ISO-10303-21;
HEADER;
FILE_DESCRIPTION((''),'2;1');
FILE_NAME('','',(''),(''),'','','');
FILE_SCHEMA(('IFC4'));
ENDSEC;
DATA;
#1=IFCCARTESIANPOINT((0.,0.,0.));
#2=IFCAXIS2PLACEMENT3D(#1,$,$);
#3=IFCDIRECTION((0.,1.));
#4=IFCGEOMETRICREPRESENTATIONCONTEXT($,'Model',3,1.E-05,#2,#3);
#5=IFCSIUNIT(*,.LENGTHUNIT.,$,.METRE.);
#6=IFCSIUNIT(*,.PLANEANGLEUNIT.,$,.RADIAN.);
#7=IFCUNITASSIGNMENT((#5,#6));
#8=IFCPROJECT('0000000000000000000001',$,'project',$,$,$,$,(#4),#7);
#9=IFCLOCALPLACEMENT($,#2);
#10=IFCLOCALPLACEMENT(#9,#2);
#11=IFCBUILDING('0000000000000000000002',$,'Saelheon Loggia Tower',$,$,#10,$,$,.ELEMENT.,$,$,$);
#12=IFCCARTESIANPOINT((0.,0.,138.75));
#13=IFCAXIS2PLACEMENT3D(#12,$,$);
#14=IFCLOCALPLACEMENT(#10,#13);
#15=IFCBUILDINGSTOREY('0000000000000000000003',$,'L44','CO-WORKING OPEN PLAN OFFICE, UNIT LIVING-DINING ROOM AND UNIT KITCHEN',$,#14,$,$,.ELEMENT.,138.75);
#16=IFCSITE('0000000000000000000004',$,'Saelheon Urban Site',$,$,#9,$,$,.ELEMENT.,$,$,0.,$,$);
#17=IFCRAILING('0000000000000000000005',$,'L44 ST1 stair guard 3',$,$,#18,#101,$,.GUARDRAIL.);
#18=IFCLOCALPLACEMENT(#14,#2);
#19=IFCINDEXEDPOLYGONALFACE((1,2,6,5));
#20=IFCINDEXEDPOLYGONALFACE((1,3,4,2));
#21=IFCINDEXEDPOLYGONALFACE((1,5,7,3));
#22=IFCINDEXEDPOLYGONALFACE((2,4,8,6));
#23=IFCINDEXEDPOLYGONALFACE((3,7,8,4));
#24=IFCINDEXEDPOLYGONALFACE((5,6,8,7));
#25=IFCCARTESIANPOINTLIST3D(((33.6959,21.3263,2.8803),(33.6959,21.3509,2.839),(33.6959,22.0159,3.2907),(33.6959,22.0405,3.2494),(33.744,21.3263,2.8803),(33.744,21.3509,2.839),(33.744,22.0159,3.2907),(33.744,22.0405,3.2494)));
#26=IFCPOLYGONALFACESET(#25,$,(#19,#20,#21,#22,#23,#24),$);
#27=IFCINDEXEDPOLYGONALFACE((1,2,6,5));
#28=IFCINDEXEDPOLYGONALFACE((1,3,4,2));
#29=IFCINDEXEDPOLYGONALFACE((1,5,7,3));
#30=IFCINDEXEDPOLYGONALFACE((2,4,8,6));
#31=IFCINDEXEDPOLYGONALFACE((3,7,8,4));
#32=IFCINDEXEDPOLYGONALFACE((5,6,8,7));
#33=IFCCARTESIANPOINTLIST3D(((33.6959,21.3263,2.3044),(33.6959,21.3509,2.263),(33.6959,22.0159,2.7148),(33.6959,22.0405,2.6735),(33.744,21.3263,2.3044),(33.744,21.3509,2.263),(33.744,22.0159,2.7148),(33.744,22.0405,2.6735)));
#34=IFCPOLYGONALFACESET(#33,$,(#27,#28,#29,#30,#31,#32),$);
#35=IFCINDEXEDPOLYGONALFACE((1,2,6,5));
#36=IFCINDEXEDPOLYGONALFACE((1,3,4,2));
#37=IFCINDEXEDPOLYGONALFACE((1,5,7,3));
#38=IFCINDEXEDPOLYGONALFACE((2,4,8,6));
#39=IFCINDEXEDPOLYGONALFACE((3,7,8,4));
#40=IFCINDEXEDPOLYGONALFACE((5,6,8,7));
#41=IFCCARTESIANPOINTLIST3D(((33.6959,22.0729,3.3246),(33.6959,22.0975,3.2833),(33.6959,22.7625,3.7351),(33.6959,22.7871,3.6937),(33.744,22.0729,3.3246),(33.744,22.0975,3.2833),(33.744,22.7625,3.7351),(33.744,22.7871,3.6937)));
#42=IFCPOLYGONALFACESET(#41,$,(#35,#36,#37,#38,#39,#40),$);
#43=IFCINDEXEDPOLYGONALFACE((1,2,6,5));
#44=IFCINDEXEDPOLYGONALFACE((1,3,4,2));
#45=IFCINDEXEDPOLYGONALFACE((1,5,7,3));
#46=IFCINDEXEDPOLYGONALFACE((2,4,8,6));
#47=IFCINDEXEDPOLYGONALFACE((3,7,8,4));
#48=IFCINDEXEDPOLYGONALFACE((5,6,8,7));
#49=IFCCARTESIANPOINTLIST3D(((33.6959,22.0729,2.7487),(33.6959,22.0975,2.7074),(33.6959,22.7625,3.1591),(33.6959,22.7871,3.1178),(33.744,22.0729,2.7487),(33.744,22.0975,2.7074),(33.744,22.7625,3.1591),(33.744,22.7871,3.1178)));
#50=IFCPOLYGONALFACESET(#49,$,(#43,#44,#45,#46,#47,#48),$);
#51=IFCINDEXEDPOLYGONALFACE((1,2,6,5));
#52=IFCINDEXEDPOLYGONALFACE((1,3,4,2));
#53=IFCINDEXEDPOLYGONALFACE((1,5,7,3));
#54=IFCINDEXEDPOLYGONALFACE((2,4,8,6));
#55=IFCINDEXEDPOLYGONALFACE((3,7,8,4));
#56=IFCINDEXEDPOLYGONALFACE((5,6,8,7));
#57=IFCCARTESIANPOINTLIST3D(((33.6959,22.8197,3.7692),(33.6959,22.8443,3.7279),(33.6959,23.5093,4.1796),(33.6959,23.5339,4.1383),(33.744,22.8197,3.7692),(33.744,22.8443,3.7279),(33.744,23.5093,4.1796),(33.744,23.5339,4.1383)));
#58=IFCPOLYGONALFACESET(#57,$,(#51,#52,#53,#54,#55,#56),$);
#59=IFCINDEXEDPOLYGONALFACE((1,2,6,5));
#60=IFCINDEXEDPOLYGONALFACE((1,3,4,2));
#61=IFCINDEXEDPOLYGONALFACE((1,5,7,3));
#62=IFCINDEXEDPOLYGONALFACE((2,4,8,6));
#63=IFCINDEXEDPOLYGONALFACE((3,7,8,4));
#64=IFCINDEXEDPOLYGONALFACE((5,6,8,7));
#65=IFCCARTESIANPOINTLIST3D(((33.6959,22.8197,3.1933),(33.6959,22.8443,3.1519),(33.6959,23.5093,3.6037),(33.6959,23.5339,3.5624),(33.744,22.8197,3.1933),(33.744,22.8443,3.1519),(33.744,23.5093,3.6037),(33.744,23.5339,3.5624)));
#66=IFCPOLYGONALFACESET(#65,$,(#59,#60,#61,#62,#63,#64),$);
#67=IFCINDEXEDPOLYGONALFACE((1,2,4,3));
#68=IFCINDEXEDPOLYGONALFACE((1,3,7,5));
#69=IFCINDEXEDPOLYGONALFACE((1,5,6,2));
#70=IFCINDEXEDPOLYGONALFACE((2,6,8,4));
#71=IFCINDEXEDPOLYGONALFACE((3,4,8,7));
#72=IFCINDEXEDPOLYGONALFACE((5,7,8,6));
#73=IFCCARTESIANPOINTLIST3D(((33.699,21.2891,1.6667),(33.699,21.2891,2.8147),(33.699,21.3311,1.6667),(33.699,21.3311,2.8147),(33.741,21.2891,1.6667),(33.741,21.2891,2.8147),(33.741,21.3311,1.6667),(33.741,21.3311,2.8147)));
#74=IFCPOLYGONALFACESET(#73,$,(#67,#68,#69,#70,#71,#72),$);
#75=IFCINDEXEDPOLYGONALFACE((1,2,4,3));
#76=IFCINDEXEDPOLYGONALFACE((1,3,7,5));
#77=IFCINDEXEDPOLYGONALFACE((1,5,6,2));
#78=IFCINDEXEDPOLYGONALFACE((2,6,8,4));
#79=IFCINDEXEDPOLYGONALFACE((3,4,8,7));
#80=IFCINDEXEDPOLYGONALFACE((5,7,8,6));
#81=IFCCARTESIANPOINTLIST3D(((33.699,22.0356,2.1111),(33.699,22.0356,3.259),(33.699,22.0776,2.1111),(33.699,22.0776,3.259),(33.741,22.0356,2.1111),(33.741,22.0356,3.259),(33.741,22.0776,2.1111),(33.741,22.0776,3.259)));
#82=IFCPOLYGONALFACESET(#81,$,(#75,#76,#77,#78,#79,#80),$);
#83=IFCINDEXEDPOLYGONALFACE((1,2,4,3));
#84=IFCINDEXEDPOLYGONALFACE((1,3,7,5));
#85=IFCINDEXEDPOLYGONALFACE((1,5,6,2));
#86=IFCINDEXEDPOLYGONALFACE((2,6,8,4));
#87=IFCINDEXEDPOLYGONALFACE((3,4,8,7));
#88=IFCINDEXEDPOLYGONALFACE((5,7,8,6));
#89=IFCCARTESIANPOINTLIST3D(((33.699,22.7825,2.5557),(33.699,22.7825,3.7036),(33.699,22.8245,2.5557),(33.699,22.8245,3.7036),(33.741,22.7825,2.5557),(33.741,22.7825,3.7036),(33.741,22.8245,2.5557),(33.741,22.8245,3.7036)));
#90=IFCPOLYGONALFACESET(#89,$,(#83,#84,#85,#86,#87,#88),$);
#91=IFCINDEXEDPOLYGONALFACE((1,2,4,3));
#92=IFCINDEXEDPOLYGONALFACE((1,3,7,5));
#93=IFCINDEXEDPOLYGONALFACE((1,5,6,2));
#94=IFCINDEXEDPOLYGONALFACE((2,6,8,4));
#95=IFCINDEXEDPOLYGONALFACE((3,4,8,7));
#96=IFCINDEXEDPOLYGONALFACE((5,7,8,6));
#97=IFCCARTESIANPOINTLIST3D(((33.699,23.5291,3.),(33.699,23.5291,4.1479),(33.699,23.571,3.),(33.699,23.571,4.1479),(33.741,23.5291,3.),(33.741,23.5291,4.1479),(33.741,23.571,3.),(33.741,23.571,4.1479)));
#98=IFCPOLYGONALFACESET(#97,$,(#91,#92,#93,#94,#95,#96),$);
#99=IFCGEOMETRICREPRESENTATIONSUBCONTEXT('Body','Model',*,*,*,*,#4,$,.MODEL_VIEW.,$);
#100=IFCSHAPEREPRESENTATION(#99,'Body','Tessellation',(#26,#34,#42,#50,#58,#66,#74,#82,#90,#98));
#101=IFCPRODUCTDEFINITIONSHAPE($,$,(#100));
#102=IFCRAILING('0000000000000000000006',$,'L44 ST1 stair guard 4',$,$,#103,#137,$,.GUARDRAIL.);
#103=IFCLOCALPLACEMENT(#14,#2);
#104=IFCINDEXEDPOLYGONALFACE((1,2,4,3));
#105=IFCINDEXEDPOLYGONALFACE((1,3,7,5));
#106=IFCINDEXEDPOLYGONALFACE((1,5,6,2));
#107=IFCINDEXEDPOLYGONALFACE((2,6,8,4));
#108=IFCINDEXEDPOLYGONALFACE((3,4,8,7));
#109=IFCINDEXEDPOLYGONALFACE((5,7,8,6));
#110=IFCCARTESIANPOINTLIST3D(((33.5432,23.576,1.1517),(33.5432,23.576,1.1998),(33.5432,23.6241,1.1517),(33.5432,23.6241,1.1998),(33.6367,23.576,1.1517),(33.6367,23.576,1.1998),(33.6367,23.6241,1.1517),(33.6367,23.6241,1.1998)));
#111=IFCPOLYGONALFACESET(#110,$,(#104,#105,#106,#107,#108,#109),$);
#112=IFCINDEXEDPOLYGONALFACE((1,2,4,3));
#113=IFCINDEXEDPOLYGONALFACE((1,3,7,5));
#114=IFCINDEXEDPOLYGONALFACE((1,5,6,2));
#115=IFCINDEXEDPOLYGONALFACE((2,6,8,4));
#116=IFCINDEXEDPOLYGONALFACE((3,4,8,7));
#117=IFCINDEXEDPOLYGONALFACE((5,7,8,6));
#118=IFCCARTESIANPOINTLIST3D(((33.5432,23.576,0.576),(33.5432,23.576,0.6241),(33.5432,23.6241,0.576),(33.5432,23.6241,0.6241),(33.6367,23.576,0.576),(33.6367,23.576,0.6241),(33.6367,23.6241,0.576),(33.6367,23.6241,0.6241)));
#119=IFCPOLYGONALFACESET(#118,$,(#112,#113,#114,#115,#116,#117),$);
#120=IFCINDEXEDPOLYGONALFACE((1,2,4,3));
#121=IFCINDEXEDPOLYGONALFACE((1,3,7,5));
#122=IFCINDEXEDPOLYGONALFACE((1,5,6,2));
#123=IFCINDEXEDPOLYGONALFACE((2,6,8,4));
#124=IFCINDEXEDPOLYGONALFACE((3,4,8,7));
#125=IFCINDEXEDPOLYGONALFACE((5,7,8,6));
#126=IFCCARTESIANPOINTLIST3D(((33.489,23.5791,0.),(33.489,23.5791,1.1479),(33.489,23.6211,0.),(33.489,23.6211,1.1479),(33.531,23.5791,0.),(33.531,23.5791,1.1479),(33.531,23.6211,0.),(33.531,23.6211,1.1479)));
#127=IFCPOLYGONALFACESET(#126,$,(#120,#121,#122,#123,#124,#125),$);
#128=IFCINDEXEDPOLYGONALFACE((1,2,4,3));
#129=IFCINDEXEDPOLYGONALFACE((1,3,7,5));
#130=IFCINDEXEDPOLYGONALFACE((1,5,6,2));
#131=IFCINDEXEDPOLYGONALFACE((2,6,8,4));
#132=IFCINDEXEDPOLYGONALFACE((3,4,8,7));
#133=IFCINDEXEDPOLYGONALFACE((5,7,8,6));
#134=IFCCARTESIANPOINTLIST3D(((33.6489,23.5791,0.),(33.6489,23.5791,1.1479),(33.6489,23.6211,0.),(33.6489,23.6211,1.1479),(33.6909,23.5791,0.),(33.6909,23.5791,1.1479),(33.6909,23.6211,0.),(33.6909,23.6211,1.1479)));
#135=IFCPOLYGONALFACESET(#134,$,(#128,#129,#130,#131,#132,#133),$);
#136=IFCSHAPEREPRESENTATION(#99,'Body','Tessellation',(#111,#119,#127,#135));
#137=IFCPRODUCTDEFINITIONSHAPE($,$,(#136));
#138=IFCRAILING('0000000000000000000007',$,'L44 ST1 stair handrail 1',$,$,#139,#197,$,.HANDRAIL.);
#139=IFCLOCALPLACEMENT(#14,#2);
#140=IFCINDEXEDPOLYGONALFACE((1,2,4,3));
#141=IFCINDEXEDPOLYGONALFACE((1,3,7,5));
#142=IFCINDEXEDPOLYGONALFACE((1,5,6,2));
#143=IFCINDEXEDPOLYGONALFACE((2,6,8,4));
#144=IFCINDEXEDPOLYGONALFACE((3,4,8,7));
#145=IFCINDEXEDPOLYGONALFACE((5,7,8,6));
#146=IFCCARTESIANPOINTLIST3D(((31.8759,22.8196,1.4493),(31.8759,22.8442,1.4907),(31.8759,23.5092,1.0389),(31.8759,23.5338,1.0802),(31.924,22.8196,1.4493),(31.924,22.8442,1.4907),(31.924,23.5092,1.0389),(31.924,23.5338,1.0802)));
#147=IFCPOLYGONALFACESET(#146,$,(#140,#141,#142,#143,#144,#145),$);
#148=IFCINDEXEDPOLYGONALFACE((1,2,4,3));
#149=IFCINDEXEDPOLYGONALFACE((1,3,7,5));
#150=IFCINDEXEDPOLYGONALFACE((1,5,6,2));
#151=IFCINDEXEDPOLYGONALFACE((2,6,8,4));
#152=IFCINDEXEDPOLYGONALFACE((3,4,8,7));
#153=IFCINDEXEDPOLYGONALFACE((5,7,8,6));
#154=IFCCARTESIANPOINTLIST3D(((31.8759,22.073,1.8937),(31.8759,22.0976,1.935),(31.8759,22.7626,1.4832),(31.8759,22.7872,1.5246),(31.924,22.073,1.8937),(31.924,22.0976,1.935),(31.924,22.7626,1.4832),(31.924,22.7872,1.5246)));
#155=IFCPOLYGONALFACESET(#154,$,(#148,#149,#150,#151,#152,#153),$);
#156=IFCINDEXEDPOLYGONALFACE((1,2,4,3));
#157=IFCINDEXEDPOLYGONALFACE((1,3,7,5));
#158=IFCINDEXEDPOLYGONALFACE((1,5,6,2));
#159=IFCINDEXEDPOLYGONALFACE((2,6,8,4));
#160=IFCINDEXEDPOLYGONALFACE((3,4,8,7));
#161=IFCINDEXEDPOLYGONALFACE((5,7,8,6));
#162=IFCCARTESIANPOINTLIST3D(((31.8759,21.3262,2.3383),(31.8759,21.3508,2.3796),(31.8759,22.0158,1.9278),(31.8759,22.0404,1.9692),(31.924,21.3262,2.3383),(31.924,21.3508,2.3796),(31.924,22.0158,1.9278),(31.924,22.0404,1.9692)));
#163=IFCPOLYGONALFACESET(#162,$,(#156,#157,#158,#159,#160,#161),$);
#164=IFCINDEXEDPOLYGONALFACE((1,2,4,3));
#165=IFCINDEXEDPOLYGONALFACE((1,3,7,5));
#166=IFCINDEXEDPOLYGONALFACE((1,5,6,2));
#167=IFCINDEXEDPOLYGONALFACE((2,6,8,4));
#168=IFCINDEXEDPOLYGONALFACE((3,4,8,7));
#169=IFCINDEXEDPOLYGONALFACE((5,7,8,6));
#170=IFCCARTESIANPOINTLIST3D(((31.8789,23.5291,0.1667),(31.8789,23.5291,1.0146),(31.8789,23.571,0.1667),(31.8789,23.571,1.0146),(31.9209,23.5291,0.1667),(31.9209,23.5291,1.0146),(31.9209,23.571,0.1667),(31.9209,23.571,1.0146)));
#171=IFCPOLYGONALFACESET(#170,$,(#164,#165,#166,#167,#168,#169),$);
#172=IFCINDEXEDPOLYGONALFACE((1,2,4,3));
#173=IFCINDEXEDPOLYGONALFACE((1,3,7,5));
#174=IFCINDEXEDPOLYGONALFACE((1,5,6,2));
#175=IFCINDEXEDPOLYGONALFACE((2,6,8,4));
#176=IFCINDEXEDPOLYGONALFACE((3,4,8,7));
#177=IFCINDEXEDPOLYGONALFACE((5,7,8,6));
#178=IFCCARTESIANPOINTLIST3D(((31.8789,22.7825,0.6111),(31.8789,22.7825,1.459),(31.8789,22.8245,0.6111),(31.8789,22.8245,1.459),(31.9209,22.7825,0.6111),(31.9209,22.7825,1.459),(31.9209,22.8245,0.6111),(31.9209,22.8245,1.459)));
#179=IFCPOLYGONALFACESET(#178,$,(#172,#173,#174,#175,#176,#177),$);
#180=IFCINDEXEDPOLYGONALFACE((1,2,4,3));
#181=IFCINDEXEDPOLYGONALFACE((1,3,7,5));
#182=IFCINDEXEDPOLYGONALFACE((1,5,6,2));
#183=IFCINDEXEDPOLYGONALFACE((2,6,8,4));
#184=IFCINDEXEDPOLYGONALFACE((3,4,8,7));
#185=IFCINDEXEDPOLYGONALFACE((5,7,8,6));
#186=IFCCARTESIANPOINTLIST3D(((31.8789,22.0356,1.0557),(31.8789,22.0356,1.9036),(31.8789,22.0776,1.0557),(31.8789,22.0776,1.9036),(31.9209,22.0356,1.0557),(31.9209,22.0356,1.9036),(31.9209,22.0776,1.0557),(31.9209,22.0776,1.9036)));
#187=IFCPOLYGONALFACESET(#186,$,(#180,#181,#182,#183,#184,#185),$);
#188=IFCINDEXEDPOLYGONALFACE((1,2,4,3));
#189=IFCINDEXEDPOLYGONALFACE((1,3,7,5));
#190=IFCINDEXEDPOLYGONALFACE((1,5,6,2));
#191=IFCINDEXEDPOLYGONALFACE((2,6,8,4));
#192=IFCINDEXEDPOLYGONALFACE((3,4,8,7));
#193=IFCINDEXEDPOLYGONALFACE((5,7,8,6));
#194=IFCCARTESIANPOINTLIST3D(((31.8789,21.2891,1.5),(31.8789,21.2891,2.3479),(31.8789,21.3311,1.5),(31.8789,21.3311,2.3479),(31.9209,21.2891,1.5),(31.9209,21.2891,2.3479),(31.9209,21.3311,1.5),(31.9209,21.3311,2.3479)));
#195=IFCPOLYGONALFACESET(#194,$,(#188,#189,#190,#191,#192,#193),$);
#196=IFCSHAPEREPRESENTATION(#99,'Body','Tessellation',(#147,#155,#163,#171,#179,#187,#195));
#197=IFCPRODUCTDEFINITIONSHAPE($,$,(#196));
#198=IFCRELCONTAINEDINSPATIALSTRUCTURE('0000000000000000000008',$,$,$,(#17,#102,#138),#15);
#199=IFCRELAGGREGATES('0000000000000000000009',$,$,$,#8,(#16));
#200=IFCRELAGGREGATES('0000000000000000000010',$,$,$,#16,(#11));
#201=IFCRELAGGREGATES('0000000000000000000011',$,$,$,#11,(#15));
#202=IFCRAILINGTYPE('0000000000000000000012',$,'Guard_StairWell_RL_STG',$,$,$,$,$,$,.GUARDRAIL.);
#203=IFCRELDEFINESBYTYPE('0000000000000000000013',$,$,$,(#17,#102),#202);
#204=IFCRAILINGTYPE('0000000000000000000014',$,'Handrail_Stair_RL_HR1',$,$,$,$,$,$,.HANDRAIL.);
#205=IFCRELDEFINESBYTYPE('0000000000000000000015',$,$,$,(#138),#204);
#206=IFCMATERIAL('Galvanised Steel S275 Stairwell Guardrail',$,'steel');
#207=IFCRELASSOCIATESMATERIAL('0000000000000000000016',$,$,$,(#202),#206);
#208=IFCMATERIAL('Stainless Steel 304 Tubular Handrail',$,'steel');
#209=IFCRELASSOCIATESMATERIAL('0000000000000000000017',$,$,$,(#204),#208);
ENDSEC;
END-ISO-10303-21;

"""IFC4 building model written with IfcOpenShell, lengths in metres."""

from ifc_helpers import new_model, si_unit, direction, frame, origin, origin_2d, place, context, subcontext, project, spatial, rectangle, extrude, material, type_object, element, save


model = new_model("IFC4")

# Units and contexts
model_context = context("Model", 3, precision=1e-05, world=origin(), true_north=direction((0.0, 1.0)))
body_context = subcontext(model_context, "Body", "Model", "MODEL_VIEW")
ifc_project = project(units=[si_unit("LENGTHUNIT", "METRE"), si_unit("PLANEANGLEUNIT", "RADIAN")], contexts=[model_context])

# Site, building, storey
site_placement = place(None, origin())
site = spatial("IfcSite", under=ifc_project, at=site_placement, Name="Saelheon Urban Site", CompositionType="ELEMENT", RefElevation=0.0)
building_placement = place(site_placement, origin())
building = spatial("IfcBuilding", under=site, at=building_placement, Name="Saelheon Loggia Tower", CompositionType="ELEMENT")
storey_placement = place(building_placement, frame((0.0, 0.0, 138.75)))
storey = spatial("IfcBuildingStorey", under=building, at=storey_placement, Name="L44", Description="CO-WORKING OPEN PLAN OFFICE, UNIT LIVING-DINING ROOM AND UNIT KITCHEN", CompositionType="ELEMENT", Elevation=138.75)

# Railings
ifc_material_1 = material(Name="Galvanised Steel S275 Stairwell Guardrail", Category="steel")
railing_type_1 = type_object("IfcRailingType", Name="Guard_StairWell_RL_STG", PredefinedType="GUARDRAIL", material=ifc_material_1)
railing_1_placement = place(storey_placement, frame((33.72, 21.3101, 1.6667)))
element("IfcRailing", 1, at=railing_1_placement, inside=storey, type_object=railing_type_1, Name="L44 ST1 stair guard 3", PredefinedType="GUARDRAIL", context=body_context, shape_type="SweptSolid", body=[
    extrude(rectangle(XDim=0.0481, YDim=0.0481, at=origin_2d()), frame((0.0, 0.0286, 1.1929), z_axis=(0.0, 0.859306, 0.511462), x_axis=(-1.0, 0.0, 0.0)), (0.0, 0.0, 1.0), 0.8025),
    extrude(rectangle(XDim=0.0481, YDim=0.0481, at=origin_2d()), frame((0.0, 0.0286, 0.6169), z_axis=(0.0, 0.859306, 0.511462), x_axis=(-1.0, 0.0, 0.0)), (0.0, 0.0, 1.0), 0.8025),
    extrude(rectangle(XDim=0.0481, YDim=0.0481, at=origin_2d()), frame((0.0, 0.7751, 1.6372), z_axis=(0.0, 0.859306, 0.511462), x_axis=(-1.0, 0.0, 0.0)), (0.0, 0.0, 1.0), 0.8025),
    extrude(rectangle(XDim=0.0481, YDim=0.0481, at=origin_2d()), frame((0.0, 0.7751, 1.0613), z_axis=(0.0, 0.859306, 0.511462), x_axis=(-1.0, 0.0, 0.0)), (0.0, 0.0, 1.0), 0.8025),
    extrude(rectangle(XDim=0.0481, YDim=0.0481, at=origin_2d()), frame((0.0, 1.522, 2.0818), z_axis=(0.0, 0.859306, 0.511462), x_axis=(-1.0, 0.0, 0.0)), (0.0, 0.0, 1.0), 0.8025),
    extrude(rectangle(XDim=0.0481, YDim=0.0481, at=origin_2d()), frame((0.0, 1.522, 1.5059), z_axis=(0.0, 0.859306, 0.511462), x_axis=(-1.0, 0.0, 0.0)), (0.0, 0.0, 1.0), 0.8025),
    extrude(rectangle(XDim=0.042, YDim=0.042, at=origin_2d()), origin(), (0.0, 0.0, 1.0), 1.1479),
    extrude(rectangle(XDim=0.042, YDim=0.042, at=origin_2d()), frame((0.0, 0.7466, 0.4443)), (0.0, 0.0, 1.0), 1.1479),
    extrude(rectangle(XDim=0.042, YDim=0.042, at=origin_2d()), frame((0.0, 1.4934, 0.8889)), (0.0, 0.0, 1.0), 1.1479),
    extrude(rectangle(XDim=0.042, YDim=0.042, at=origin_2d()), frame((0.0, 2.24, 1.3333)), (0.0, 0.0, 1.0), 1.1479),
])
railing_2_placement = place(storey_placement, frame((33.51, 23.6001, 0.0)))
element("IfcRailing", 2, at=railing_2_placement, inside=storey, type_object=railing_type_1, Name="L44 ST1 stair guard 4", PredefinedType="GUARDRAIL", context=body_context, shape_type="SweptSolid", body=[
    extrude(rectangle(XDim=0.0481, YDim=0.0481, at=origin_2d()), frame((0.0332, 0.0, 1.1758), z_axis=(1.0, 0.0, 0.0), x_axis=(0.0, 1.0, 0.0)), (0.0, 0.0, 1.0), 0.0935),
    extrude(rectangle(XDim=0.0481, YDim=0.0481, at=origin_2d()), frame((0.0332, 0.0, 0.6001), z_axis=(1.0, 0.0, 0.0), x_axis=(0.0, 1.0, 0.0)), (0.0, 0.0, 1.0), 0.0935),
    extrude(rectangle(XDim=0.042, YDim=0.042, at=origin_2d()), origin(), (0.0, 0.0, 1.0), 1.1479),
    extrude(rectangle(XDim=0.042, YDim=0.042, at=origin_2d()), frame((0.1599, 0.0, 0.0)), (0.0, 0.0, 1.0), 1.1479),
])
ifc_material_2 = material(Name="Stainless Steel 304 Tubular Handrail", Category="steel")
railing_type_2 = type_object("IfcRailingType", Name="Handrail_Stair_RL_HR1", PredefinedType="HANDRAIL", material=ifc_material_2)
railing_3_placement = place(storey_placement, frame((31.8999, 23.55, 0.1667)))
element("IfcRailing", 3, at=railing_3_placement, inside=storey, type_object=railing_type_2, Name="L44 ST1 stair handrail 1", PredefinedType="HANDRAIL", context=body_context, shape_type="SweptSolid", body=[
    extrude(rectangle(XDim=0.0481, YDim=0.0481, at=origin_2d()), frame((0.0, -0.0286, 0.8928), z_axis=(0.0, -0.859306, 0.511462), x_axis=(1.0, 0.0, 0.0)), (0.0, 0.0, 1.0), 0.8025),
    extrude(rectangle(XDim=0.0481, YDim=0.0481, at=origin_2d()), frame((0.0, -0.7751, 1.3372), z_axis=(0.0, -0.859306, 0.511462), x_axis=(1.0, 0.0, 0.0)), (0.0, 0.0, 1.0), 0.8025),
    extrude(rectangle(XDim=0.0481, YDim=0.0481, at=origin_2d()), frame((0.0, -1.522, 1.7817), z_axis=(0.0, -0.859306, 0.511462), x_axis=(1.0, 0.0, 0.0)), (0.0, 0.0, 1.0), 0.8025),
    extrude(rectangle(XDim=0.042, YDim=0.042, at=origin_2d()), origin(), (0.0, 0.0, 1.0), 0.8479),
    extrude(rectangle(XDim=0.042, YDim=0.042, at=origin_2d()), frame((0.0, -0.7466, 0.4443)), (0.0, 0.0, 1.0), 0.8479),
    extrude(rectangle(XDim=0.042, YDim=0.042, at=origin_2d()), frame((0.0, -1.4934, 0.8889)), (0.0, 0.0, 1.0), 0.8479),
    extrude(rectangle(XDim=0.042, YDim=0.042, at=origin_2d()), frame((0.0, -2.24, 1.3333)), (0.0, 0.0, 1.0), 0.8479),
])

save(model, "model.ifc")
